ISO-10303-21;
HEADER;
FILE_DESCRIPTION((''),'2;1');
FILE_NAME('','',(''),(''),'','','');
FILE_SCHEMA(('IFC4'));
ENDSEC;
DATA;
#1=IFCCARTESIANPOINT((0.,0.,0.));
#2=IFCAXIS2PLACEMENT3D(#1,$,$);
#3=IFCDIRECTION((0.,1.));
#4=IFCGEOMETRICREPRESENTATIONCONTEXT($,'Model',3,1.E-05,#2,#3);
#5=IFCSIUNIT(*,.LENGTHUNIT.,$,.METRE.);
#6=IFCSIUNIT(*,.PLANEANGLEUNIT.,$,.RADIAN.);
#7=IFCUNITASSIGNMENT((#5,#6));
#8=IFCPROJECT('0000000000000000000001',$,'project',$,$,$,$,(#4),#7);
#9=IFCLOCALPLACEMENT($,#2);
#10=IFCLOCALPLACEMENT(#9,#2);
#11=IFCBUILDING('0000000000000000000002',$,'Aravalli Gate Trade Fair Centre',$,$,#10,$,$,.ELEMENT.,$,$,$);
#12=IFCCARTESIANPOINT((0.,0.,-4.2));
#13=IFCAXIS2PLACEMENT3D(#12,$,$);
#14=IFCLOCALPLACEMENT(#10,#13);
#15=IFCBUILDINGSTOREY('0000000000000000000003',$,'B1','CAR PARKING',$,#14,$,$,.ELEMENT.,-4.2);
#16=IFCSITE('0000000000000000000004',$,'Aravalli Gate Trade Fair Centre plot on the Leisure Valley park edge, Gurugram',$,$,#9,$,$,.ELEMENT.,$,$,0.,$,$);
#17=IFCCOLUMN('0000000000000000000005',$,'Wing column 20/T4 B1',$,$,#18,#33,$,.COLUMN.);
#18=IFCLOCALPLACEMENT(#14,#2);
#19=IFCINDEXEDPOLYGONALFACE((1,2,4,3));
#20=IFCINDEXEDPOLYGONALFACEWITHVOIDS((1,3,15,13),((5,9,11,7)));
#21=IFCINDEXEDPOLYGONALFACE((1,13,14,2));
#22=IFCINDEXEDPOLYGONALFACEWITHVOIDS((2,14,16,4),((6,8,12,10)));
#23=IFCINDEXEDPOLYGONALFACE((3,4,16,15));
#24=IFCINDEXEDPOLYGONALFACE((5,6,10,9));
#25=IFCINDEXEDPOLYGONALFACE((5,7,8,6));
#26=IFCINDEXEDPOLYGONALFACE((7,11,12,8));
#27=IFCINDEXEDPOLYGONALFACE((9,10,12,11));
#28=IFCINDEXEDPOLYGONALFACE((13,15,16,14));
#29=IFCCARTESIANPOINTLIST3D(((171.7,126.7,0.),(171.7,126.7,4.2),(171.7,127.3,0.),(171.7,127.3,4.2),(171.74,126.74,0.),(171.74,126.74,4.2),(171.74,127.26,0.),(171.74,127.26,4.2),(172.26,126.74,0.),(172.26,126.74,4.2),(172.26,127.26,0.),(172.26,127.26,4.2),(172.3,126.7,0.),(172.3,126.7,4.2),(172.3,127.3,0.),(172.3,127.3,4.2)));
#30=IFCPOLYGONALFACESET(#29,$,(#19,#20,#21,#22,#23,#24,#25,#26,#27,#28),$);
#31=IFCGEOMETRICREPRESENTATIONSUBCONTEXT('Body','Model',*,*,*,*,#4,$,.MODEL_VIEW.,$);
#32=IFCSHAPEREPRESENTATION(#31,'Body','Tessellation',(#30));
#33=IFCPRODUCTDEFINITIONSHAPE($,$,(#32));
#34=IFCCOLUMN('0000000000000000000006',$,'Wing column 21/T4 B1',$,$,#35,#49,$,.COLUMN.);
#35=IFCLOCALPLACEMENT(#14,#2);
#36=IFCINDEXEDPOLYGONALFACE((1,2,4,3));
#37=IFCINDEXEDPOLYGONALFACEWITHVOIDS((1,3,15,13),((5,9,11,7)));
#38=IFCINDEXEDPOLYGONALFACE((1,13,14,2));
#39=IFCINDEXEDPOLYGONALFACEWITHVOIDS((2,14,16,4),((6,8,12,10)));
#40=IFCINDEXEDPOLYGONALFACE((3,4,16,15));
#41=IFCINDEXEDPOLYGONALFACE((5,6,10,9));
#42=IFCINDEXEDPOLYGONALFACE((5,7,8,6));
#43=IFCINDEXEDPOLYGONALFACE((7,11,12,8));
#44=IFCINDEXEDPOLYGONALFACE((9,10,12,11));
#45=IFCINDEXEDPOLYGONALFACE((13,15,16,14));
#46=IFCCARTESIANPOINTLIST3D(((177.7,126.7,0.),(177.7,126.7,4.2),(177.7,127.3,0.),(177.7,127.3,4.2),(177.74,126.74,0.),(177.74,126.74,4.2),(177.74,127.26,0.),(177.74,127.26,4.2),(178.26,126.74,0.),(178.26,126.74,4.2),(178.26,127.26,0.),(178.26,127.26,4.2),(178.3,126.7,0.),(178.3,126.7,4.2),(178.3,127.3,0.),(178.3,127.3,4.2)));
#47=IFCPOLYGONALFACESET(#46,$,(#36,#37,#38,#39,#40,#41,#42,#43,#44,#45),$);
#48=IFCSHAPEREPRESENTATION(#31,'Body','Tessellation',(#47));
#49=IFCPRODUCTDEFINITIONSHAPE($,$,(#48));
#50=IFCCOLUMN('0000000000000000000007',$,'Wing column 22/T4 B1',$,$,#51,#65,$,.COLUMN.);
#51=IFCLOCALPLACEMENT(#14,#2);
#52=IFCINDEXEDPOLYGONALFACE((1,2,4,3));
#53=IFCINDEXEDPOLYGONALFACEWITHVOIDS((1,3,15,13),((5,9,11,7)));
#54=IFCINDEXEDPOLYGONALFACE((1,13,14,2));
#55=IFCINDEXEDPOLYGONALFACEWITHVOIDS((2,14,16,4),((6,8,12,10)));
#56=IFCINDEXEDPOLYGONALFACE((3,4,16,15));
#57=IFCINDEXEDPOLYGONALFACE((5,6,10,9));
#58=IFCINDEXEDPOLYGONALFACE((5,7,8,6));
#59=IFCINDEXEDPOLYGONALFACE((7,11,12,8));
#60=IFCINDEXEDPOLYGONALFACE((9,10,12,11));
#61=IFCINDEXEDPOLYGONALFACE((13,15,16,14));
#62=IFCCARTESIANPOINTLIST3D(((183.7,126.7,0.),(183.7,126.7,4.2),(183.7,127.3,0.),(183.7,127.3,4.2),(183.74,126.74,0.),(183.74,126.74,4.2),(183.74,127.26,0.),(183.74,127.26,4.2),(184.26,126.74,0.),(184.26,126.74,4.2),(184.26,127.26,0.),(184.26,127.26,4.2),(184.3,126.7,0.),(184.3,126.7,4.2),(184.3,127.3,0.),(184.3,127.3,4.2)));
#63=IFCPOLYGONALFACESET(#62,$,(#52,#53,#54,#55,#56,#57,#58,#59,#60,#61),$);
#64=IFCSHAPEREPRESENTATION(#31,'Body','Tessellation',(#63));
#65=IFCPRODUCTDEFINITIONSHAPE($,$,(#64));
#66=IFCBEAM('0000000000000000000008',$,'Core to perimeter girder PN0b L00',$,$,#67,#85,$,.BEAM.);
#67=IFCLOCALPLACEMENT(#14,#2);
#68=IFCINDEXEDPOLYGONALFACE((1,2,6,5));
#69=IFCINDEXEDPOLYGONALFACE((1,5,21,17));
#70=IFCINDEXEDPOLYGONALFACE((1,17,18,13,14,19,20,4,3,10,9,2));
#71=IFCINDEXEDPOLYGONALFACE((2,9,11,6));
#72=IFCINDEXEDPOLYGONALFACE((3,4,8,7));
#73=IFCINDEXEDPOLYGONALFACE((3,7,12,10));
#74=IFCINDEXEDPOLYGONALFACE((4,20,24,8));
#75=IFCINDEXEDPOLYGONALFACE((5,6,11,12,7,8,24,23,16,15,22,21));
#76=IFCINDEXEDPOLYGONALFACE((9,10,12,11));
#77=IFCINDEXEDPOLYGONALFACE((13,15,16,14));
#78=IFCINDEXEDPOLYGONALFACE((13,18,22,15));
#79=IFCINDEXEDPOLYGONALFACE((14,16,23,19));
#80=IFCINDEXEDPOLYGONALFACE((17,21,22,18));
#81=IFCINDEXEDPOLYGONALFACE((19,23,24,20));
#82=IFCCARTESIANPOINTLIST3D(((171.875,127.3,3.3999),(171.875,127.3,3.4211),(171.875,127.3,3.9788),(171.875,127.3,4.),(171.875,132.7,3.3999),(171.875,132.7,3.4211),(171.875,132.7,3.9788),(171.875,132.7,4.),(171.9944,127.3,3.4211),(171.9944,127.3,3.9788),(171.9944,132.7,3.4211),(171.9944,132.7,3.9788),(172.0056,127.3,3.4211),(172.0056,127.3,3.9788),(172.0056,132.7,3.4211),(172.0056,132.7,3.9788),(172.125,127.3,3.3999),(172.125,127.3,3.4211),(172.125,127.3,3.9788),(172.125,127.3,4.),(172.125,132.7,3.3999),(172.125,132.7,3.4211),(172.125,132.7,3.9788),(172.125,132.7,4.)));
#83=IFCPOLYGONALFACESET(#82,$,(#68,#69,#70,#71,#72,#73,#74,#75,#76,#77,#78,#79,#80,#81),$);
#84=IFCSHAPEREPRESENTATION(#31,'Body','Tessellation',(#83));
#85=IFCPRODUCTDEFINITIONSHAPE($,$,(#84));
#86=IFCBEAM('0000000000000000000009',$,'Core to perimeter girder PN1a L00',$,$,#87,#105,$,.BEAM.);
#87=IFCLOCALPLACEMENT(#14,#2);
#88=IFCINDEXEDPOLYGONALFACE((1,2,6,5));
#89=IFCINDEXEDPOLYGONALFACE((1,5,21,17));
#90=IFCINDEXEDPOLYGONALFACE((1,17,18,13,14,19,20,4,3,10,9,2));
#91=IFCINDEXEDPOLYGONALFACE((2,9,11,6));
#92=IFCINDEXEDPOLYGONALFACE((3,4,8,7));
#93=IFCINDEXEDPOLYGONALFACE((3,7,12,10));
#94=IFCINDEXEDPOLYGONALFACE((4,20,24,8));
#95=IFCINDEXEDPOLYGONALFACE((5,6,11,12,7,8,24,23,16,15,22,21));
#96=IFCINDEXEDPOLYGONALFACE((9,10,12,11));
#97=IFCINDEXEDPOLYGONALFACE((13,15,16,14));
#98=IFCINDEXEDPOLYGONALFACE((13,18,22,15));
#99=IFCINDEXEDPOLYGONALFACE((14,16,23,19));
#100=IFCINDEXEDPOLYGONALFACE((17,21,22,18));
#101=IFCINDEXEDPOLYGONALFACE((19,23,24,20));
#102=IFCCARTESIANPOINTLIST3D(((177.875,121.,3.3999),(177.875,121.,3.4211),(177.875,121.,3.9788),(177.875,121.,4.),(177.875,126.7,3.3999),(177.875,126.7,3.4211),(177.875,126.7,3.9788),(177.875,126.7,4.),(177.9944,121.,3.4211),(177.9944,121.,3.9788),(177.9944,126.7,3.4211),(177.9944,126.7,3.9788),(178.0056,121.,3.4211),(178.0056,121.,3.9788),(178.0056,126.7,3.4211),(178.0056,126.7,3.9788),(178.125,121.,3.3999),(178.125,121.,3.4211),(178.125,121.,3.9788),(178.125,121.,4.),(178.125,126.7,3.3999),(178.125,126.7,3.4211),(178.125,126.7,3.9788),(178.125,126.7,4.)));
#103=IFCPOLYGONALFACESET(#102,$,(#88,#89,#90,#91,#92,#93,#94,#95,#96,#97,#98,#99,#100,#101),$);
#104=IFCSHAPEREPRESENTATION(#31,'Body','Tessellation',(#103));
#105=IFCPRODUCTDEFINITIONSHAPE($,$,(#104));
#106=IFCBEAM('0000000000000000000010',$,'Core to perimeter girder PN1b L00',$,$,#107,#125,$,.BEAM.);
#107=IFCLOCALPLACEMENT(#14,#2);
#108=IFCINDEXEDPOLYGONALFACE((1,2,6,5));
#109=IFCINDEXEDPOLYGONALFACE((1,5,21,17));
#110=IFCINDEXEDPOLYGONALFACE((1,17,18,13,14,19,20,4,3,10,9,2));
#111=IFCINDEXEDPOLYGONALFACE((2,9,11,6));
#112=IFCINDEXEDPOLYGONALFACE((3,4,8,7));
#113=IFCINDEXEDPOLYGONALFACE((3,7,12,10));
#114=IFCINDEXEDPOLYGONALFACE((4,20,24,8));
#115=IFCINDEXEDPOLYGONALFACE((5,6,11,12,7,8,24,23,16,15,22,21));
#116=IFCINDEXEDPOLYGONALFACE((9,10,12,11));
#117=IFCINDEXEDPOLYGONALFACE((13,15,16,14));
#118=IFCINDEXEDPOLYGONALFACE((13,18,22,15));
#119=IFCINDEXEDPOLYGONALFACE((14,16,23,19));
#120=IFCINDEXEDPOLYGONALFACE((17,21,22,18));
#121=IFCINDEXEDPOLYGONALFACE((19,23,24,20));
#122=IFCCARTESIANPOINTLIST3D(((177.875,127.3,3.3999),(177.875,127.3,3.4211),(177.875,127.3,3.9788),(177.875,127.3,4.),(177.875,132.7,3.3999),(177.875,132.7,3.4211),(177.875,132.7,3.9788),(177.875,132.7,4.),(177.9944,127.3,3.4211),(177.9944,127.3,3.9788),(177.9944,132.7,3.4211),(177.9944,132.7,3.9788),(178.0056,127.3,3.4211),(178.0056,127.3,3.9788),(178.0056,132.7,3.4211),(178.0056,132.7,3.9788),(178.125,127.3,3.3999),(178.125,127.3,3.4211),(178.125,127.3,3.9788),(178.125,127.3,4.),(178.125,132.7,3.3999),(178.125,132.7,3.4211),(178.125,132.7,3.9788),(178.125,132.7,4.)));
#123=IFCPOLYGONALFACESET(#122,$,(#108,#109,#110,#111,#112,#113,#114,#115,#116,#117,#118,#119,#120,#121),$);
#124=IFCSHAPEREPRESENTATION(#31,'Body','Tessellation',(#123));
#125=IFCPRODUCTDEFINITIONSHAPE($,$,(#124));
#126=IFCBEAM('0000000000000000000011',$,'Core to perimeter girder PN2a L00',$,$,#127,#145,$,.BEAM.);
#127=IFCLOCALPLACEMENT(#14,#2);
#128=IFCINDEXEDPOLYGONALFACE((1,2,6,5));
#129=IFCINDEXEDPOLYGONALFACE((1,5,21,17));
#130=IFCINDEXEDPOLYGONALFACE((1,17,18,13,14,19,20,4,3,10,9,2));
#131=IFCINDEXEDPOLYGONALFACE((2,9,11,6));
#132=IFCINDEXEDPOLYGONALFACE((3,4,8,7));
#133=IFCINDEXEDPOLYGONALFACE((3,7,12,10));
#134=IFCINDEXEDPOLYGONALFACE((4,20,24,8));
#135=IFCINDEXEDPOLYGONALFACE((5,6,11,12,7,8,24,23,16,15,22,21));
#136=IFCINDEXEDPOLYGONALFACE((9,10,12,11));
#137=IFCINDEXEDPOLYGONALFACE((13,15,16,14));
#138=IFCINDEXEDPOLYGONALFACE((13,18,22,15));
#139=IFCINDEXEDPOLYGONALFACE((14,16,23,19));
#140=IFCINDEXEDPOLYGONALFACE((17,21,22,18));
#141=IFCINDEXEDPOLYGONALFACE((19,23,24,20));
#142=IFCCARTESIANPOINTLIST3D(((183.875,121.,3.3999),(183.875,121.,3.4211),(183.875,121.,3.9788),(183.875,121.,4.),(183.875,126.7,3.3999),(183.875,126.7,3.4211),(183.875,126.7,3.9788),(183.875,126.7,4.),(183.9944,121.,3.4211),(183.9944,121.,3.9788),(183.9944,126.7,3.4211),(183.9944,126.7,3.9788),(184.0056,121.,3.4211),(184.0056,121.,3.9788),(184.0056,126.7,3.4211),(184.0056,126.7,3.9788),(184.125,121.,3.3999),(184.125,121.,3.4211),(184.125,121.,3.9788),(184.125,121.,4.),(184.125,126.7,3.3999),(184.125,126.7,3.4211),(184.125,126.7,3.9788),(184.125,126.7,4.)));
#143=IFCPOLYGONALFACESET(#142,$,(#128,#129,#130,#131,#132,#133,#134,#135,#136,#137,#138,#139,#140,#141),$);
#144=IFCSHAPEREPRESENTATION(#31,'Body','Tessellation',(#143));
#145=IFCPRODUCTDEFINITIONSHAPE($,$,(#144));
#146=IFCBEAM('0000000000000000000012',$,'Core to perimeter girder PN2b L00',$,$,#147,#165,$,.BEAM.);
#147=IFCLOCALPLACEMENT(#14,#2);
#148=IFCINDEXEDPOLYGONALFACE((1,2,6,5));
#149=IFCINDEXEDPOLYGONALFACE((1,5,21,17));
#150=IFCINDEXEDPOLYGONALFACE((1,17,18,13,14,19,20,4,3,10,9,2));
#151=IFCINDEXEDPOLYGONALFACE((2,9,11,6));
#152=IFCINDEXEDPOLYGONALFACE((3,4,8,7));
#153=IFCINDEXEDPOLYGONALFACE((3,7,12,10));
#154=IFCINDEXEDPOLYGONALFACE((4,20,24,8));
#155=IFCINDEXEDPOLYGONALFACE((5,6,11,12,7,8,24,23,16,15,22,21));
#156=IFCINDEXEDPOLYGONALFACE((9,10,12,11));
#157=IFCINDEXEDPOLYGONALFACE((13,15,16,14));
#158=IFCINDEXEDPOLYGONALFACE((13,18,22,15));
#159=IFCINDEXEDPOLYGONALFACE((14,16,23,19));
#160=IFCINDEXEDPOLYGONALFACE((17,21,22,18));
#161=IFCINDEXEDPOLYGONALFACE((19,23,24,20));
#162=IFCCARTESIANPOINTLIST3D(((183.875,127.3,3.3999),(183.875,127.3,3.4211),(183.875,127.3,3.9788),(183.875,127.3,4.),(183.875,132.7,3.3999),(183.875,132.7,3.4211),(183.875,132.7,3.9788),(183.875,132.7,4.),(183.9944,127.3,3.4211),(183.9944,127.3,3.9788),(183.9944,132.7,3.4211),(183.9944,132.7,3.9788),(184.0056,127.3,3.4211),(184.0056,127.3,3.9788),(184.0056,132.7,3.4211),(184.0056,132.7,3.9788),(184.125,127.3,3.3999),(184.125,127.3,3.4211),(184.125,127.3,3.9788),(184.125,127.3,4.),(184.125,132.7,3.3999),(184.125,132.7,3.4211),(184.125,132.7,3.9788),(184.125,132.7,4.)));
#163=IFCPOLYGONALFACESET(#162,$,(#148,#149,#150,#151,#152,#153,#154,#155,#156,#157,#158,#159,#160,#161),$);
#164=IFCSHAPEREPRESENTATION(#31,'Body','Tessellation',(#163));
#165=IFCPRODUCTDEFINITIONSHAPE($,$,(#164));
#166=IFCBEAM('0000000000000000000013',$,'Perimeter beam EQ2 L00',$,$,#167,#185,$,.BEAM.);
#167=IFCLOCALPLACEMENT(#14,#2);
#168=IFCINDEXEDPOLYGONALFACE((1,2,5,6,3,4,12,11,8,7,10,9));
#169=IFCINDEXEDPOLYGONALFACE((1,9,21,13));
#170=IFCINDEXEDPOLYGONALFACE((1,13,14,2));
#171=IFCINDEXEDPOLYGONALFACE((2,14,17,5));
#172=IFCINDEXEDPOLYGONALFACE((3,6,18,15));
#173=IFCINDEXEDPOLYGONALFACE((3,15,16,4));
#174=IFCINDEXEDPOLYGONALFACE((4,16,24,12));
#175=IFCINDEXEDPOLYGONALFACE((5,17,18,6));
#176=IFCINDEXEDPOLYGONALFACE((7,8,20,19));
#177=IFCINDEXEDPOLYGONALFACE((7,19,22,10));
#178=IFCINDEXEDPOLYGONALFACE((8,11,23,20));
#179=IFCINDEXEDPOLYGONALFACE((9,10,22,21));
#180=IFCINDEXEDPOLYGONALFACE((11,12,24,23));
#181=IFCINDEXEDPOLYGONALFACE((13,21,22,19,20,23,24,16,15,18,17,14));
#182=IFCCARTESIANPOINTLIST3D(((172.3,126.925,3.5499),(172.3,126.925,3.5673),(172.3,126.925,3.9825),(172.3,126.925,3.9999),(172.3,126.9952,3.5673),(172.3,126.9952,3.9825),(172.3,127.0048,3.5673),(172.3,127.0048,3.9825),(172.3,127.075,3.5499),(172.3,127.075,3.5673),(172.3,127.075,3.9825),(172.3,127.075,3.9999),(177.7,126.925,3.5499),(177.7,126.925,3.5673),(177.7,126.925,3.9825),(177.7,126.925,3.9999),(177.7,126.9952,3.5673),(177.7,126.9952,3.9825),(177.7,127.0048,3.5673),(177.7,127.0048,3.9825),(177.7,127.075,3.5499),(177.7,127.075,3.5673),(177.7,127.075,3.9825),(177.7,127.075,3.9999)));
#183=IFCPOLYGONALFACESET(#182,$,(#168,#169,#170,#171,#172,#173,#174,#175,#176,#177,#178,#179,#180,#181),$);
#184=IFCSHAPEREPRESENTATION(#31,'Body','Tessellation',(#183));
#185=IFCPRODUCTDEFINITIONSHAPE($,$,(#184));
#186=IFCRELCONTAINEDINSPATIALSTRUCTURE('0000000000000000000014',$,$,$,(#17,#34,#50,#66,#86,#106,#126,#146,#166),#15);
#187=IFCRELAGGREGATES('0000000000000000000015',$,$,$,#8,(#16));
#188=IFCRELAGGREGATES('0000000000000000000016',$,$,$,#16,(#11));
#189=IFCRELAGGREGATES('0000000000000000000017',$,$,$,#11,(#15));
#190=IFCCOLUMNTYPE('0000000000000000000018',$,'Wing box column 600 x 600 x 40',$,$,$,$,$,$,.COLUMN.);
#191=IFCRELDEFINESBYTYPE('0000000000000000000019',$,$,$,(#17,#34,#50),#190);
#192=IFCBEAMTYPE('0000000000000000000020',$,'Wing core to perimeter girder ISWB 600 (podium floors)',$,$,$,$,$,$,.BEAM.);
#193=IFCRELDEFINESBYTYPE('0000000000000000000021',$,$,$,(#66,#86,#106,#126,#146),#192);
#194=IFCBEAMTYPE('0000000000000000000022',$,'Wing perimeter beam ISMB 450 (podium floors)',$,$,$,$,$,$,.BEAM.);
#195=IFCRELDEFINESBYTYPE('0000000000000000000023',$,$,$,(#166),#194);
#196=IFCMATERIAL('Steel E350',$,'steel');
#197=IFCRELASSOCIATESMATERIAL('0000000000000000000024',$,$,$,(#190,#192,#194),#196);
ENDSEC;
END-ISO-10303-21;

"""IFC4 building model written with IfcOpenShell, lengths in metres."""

from ifc_helpers import new_model, si_unit, direction, frame, origin, origin_2d, place, context, subcontext, project, spatial, hollow_rectangle, i_section, extrude, material, material_profile, profile_set, type_object, element, save


model = new_model("IFC4")

# Units and contexts
model_context = context("Model", 3, precision=1e-05, world=origin(), true_north=direction((0.0, 1.0)))
body_context = subcontext(model_context, "Body", "Model", "MODEL_VIEW")
ifc_project = project(units=[si_unit("LENGTHUNIT", "METRE"), si_unit("PLANEANGLEUNIT", "RADIAN")], contexts=[model_context])

# Site, building, storey
site_placement = place(None, origin())
site = spatial("IfcSite", under=ifc_project, at=site_placement, Name="Aravalli Gate Trade Fair Centre plot on the Leisure Valley park edge, Gurugram", CompositionType="ELEMENT", RefElevation=0.0)
building_placement = place(site_placement, origin())
building = spatial("IfcBuilding", under=site, at=building_placement, Name="Aravalli Gate Trade Fair Centre", CompositionType="ELEMENT")
storey_placement = place(building_placement, frame((0.0, 0.0, -4.2)))
storey = spatial("IfcBuildingStorey", under=building, at=storey_placement, Name="B1", Description="CAR PARKING", CompositionType="ELEMENT", Elevation=-4.2)

# Columns
ifc_material_1 = material(Name="Steel E350", Category="steel")
ifc_material_profile_1 = material_profile(ifc_material_1, hollow_rectangle(XDim=0.6001, YDim=0.6001, WallThickness=0.04, at=origin_2d()), Name="BOX 600x600x40")
ifc_profile_set_1 = profile_set([ifc_material_profile_1], Name="Steel E350")
column_type = type_object("IfcColumnType", Name="Wing box column 600 x 600 x 40", PredefinedType="COLUMN", material=ifc_profile_set_1)
for number, where, z_axis, x_axis, name in (
    (1, (172.0, 127.0, 0.0), (0.0, 0.0, 1.0), (1.0, 0.0, 0.0), "Wing column 20/T4 B1"),
    (2, (178.0, 127.0, 0.0), (0.0, 0.0, 1.0), (1.0, 0.0, 0.0), "Wing column 21/T4 B1"),
    (3, (184.0, 127.0, 0.0), (0.0, 0.0, 1.0), (1.0, 0.0, 0.0), "Wing column 22/T4 B1"),
):
    element("IfcColumn", number, at=place(storey_placement, frame(where, z_axis=z_axis, x_axis=x_axis)), inside=storey, type_object=column_type, Name=name, PredefinedType="COLUMN", context=body_context, shape_type="SweptSolid", body=[
        extrude(hollow_rectangle(XDim=0.6001, YDim=0.6001, WallThickness=0.04, at=origin_2d()), origin(), (0.0, 0.0, 1.0), 4.2),
    ])

# Beams
ifc_material_profile_2 = material_profile(ifc_material_1, i_section(OverallWidth=0.25, OverallDepth=0.6001, WebThickness=0.0112, FlangeThickness=0.0212, at=origin_2d()), Name="ISWB 600")
ifc_profile_set_2 = profile_set([ifc_material_profile_2], Name="Steel E350")
beam_type_1 = type_object("IfcBeamType", Name="Wing core to perimeter girder ISWB 600 (podium floors)", PredefinedType="BEAM", material=ifc_profile_set_2)
beam_1_placement = place(storey_placement, frame((172.0, 127.3, 3.7), z_axis=(0.0, 1.0, 0.0), x_axis=(-1.0, 0.0, 0.0)))
element("IfcBeam", 4, at=beam_1_placement, inside=storey, type_object=beam_type_1, Name="Core to perimeter girder PN0b L00", PredefinedType="BEAM", context=body_context, shape_type="SweptSolid", body=[
    extrude(i_section(OverallWidth=0.25, OverallDepth=0.6001, WebThickness=0.0112, FlangeThickness=0.0212, at=origin_2d()), origin(), (0.0, 0.0, 1.0), 5.3999),
])
beam_2_placement = place(storey_placement, frame((178.0, 121.0, 3.7), z_axis=(0.0, 1.0, 0.0), x_axis=(-1.0, 0.0, 0.0)))
element("IfcBeam", 5, at=beam_2_placement, inside=storey, type_object=beam_type_1, Name="Core to perimeter girder PN1a L00", PredefinedType="BEAM", context=body_context, shape_type="SweptSolid", body=[
    extrude(i_section(OverallWidth=0.25, OverallDepth=0.6001, WebThickness=0.0112, FlangeThickness=0.0212, at=origin_2d()), origin(), (0.0, 0.0, 1.0), 5.7),
])
beam_3_placement = place(storey_placement, frame((178.0, 127.3, 3.7), z_axis=(0.0, 1.0, 0.0), x_axis=(-1.0, 0.0, 0.0)))
element("IfcBeam", 6, at=beam_3_placement, inside=storey, type_object=beam_type_1, Name="Core to perimeter girder PN1b L00", PredefinedType="BEAM", context=body_context, shape_type="SweptSolid", body=[
    extrude(i_section(OverallWidth=0.25, OverallDepth=0.6001, WebThickness=0.0112, FlangeThickness=0.0212, at=origin_2d()), origin(), (0.0, 0.0, 1.0), 5.3999),
])
beam_4_placement = place(storey_placement, frame((184.0, 121.0, 3.7), z_axis=(0.0, 1.0, 0.0), x_axis=(-1.0, 0.0, 0.0)))
element("IfcBeam", 7, at=beam_4_placement, inside=storey, type_object=beam_type_1, Name="Core to perimeter girder PN2a L00", PredefinedType="BEAM", context=body_context, shape_type="SweptSolid", body=[
    extrude(i_section(OverallWidth=0.25, OverallDepth=0.6001, WebThickness=0.0112, FlangeThickness=0.0212, at=origin_2d()), origin(), (0.0, 0.0, 1.0), 5.7),
])
beam_5_placement = place(storey_placement, frame((184.0, 127.3, 3.7), z_axis=(0.0, 1.0, 0.0), x_axis=(-1.0, 0.0, 0.0)))
element("IfcBeam", 8, at=beam_5_placement, inside=storey, type_object=beam_type_1, Name="Core to perimeter girder PN2b L00", PredefinedType="BEAM", context=body_context, shape_type="SweptSolid", body=[
    extrude(i_section(OverallWidth=0.25, OverallDepth=0.6001, WebThickness=0.0112, FlangeThickness=0.0212, at=origin_2d()), origin(), (0.0, 0.0, 1.0), 5.3999),
])
ifc_material_profile_3 = material_profile(ifc_material_1, i_section(OverallWidth=0.1499, OverallDepth=0.45, WebThickness=0.0095, FlangeThickness=0.0173, at=origin_2d()), Name="ISMB 450")
ifc_profile_set_3 = profile_set([ifc_material_profile_3], Name="Steel E350")
beam_type_2 = type_object("IfcBeamType", Name="Wing perimeter beam ISMB 450 (podium floors)", PredefinedType="BEAM", material=ifc_profile_set_3)
for number, where, z_axis, x_axis, name in (
    (9, (172.3, 127.0, 3.7749), (1.0, 0.0, 0.0), (0.0, 1.0, 0.0), "Perimeter beam EQ2 L00"),
):
    element("IfcBeam", number, at=place(storey_placement, frame(where, z_axis=z_axis, x_axis=x_axis)), inside=storey, type_object=beam_type_2, Name=name, PredefinedType="BEAM", context=body_context, shape_type="SweptSolid", body=[
        extrude(i_section(OverallWidth=0.1499, OverallDepth=0.45, WebThickness=0.0095, FlangeThickness=0.0173, at=origin_2d()), origin(), (0.0, 0.0, 1.0), 5.3999),
    ])

save(model, "model.ifc")
